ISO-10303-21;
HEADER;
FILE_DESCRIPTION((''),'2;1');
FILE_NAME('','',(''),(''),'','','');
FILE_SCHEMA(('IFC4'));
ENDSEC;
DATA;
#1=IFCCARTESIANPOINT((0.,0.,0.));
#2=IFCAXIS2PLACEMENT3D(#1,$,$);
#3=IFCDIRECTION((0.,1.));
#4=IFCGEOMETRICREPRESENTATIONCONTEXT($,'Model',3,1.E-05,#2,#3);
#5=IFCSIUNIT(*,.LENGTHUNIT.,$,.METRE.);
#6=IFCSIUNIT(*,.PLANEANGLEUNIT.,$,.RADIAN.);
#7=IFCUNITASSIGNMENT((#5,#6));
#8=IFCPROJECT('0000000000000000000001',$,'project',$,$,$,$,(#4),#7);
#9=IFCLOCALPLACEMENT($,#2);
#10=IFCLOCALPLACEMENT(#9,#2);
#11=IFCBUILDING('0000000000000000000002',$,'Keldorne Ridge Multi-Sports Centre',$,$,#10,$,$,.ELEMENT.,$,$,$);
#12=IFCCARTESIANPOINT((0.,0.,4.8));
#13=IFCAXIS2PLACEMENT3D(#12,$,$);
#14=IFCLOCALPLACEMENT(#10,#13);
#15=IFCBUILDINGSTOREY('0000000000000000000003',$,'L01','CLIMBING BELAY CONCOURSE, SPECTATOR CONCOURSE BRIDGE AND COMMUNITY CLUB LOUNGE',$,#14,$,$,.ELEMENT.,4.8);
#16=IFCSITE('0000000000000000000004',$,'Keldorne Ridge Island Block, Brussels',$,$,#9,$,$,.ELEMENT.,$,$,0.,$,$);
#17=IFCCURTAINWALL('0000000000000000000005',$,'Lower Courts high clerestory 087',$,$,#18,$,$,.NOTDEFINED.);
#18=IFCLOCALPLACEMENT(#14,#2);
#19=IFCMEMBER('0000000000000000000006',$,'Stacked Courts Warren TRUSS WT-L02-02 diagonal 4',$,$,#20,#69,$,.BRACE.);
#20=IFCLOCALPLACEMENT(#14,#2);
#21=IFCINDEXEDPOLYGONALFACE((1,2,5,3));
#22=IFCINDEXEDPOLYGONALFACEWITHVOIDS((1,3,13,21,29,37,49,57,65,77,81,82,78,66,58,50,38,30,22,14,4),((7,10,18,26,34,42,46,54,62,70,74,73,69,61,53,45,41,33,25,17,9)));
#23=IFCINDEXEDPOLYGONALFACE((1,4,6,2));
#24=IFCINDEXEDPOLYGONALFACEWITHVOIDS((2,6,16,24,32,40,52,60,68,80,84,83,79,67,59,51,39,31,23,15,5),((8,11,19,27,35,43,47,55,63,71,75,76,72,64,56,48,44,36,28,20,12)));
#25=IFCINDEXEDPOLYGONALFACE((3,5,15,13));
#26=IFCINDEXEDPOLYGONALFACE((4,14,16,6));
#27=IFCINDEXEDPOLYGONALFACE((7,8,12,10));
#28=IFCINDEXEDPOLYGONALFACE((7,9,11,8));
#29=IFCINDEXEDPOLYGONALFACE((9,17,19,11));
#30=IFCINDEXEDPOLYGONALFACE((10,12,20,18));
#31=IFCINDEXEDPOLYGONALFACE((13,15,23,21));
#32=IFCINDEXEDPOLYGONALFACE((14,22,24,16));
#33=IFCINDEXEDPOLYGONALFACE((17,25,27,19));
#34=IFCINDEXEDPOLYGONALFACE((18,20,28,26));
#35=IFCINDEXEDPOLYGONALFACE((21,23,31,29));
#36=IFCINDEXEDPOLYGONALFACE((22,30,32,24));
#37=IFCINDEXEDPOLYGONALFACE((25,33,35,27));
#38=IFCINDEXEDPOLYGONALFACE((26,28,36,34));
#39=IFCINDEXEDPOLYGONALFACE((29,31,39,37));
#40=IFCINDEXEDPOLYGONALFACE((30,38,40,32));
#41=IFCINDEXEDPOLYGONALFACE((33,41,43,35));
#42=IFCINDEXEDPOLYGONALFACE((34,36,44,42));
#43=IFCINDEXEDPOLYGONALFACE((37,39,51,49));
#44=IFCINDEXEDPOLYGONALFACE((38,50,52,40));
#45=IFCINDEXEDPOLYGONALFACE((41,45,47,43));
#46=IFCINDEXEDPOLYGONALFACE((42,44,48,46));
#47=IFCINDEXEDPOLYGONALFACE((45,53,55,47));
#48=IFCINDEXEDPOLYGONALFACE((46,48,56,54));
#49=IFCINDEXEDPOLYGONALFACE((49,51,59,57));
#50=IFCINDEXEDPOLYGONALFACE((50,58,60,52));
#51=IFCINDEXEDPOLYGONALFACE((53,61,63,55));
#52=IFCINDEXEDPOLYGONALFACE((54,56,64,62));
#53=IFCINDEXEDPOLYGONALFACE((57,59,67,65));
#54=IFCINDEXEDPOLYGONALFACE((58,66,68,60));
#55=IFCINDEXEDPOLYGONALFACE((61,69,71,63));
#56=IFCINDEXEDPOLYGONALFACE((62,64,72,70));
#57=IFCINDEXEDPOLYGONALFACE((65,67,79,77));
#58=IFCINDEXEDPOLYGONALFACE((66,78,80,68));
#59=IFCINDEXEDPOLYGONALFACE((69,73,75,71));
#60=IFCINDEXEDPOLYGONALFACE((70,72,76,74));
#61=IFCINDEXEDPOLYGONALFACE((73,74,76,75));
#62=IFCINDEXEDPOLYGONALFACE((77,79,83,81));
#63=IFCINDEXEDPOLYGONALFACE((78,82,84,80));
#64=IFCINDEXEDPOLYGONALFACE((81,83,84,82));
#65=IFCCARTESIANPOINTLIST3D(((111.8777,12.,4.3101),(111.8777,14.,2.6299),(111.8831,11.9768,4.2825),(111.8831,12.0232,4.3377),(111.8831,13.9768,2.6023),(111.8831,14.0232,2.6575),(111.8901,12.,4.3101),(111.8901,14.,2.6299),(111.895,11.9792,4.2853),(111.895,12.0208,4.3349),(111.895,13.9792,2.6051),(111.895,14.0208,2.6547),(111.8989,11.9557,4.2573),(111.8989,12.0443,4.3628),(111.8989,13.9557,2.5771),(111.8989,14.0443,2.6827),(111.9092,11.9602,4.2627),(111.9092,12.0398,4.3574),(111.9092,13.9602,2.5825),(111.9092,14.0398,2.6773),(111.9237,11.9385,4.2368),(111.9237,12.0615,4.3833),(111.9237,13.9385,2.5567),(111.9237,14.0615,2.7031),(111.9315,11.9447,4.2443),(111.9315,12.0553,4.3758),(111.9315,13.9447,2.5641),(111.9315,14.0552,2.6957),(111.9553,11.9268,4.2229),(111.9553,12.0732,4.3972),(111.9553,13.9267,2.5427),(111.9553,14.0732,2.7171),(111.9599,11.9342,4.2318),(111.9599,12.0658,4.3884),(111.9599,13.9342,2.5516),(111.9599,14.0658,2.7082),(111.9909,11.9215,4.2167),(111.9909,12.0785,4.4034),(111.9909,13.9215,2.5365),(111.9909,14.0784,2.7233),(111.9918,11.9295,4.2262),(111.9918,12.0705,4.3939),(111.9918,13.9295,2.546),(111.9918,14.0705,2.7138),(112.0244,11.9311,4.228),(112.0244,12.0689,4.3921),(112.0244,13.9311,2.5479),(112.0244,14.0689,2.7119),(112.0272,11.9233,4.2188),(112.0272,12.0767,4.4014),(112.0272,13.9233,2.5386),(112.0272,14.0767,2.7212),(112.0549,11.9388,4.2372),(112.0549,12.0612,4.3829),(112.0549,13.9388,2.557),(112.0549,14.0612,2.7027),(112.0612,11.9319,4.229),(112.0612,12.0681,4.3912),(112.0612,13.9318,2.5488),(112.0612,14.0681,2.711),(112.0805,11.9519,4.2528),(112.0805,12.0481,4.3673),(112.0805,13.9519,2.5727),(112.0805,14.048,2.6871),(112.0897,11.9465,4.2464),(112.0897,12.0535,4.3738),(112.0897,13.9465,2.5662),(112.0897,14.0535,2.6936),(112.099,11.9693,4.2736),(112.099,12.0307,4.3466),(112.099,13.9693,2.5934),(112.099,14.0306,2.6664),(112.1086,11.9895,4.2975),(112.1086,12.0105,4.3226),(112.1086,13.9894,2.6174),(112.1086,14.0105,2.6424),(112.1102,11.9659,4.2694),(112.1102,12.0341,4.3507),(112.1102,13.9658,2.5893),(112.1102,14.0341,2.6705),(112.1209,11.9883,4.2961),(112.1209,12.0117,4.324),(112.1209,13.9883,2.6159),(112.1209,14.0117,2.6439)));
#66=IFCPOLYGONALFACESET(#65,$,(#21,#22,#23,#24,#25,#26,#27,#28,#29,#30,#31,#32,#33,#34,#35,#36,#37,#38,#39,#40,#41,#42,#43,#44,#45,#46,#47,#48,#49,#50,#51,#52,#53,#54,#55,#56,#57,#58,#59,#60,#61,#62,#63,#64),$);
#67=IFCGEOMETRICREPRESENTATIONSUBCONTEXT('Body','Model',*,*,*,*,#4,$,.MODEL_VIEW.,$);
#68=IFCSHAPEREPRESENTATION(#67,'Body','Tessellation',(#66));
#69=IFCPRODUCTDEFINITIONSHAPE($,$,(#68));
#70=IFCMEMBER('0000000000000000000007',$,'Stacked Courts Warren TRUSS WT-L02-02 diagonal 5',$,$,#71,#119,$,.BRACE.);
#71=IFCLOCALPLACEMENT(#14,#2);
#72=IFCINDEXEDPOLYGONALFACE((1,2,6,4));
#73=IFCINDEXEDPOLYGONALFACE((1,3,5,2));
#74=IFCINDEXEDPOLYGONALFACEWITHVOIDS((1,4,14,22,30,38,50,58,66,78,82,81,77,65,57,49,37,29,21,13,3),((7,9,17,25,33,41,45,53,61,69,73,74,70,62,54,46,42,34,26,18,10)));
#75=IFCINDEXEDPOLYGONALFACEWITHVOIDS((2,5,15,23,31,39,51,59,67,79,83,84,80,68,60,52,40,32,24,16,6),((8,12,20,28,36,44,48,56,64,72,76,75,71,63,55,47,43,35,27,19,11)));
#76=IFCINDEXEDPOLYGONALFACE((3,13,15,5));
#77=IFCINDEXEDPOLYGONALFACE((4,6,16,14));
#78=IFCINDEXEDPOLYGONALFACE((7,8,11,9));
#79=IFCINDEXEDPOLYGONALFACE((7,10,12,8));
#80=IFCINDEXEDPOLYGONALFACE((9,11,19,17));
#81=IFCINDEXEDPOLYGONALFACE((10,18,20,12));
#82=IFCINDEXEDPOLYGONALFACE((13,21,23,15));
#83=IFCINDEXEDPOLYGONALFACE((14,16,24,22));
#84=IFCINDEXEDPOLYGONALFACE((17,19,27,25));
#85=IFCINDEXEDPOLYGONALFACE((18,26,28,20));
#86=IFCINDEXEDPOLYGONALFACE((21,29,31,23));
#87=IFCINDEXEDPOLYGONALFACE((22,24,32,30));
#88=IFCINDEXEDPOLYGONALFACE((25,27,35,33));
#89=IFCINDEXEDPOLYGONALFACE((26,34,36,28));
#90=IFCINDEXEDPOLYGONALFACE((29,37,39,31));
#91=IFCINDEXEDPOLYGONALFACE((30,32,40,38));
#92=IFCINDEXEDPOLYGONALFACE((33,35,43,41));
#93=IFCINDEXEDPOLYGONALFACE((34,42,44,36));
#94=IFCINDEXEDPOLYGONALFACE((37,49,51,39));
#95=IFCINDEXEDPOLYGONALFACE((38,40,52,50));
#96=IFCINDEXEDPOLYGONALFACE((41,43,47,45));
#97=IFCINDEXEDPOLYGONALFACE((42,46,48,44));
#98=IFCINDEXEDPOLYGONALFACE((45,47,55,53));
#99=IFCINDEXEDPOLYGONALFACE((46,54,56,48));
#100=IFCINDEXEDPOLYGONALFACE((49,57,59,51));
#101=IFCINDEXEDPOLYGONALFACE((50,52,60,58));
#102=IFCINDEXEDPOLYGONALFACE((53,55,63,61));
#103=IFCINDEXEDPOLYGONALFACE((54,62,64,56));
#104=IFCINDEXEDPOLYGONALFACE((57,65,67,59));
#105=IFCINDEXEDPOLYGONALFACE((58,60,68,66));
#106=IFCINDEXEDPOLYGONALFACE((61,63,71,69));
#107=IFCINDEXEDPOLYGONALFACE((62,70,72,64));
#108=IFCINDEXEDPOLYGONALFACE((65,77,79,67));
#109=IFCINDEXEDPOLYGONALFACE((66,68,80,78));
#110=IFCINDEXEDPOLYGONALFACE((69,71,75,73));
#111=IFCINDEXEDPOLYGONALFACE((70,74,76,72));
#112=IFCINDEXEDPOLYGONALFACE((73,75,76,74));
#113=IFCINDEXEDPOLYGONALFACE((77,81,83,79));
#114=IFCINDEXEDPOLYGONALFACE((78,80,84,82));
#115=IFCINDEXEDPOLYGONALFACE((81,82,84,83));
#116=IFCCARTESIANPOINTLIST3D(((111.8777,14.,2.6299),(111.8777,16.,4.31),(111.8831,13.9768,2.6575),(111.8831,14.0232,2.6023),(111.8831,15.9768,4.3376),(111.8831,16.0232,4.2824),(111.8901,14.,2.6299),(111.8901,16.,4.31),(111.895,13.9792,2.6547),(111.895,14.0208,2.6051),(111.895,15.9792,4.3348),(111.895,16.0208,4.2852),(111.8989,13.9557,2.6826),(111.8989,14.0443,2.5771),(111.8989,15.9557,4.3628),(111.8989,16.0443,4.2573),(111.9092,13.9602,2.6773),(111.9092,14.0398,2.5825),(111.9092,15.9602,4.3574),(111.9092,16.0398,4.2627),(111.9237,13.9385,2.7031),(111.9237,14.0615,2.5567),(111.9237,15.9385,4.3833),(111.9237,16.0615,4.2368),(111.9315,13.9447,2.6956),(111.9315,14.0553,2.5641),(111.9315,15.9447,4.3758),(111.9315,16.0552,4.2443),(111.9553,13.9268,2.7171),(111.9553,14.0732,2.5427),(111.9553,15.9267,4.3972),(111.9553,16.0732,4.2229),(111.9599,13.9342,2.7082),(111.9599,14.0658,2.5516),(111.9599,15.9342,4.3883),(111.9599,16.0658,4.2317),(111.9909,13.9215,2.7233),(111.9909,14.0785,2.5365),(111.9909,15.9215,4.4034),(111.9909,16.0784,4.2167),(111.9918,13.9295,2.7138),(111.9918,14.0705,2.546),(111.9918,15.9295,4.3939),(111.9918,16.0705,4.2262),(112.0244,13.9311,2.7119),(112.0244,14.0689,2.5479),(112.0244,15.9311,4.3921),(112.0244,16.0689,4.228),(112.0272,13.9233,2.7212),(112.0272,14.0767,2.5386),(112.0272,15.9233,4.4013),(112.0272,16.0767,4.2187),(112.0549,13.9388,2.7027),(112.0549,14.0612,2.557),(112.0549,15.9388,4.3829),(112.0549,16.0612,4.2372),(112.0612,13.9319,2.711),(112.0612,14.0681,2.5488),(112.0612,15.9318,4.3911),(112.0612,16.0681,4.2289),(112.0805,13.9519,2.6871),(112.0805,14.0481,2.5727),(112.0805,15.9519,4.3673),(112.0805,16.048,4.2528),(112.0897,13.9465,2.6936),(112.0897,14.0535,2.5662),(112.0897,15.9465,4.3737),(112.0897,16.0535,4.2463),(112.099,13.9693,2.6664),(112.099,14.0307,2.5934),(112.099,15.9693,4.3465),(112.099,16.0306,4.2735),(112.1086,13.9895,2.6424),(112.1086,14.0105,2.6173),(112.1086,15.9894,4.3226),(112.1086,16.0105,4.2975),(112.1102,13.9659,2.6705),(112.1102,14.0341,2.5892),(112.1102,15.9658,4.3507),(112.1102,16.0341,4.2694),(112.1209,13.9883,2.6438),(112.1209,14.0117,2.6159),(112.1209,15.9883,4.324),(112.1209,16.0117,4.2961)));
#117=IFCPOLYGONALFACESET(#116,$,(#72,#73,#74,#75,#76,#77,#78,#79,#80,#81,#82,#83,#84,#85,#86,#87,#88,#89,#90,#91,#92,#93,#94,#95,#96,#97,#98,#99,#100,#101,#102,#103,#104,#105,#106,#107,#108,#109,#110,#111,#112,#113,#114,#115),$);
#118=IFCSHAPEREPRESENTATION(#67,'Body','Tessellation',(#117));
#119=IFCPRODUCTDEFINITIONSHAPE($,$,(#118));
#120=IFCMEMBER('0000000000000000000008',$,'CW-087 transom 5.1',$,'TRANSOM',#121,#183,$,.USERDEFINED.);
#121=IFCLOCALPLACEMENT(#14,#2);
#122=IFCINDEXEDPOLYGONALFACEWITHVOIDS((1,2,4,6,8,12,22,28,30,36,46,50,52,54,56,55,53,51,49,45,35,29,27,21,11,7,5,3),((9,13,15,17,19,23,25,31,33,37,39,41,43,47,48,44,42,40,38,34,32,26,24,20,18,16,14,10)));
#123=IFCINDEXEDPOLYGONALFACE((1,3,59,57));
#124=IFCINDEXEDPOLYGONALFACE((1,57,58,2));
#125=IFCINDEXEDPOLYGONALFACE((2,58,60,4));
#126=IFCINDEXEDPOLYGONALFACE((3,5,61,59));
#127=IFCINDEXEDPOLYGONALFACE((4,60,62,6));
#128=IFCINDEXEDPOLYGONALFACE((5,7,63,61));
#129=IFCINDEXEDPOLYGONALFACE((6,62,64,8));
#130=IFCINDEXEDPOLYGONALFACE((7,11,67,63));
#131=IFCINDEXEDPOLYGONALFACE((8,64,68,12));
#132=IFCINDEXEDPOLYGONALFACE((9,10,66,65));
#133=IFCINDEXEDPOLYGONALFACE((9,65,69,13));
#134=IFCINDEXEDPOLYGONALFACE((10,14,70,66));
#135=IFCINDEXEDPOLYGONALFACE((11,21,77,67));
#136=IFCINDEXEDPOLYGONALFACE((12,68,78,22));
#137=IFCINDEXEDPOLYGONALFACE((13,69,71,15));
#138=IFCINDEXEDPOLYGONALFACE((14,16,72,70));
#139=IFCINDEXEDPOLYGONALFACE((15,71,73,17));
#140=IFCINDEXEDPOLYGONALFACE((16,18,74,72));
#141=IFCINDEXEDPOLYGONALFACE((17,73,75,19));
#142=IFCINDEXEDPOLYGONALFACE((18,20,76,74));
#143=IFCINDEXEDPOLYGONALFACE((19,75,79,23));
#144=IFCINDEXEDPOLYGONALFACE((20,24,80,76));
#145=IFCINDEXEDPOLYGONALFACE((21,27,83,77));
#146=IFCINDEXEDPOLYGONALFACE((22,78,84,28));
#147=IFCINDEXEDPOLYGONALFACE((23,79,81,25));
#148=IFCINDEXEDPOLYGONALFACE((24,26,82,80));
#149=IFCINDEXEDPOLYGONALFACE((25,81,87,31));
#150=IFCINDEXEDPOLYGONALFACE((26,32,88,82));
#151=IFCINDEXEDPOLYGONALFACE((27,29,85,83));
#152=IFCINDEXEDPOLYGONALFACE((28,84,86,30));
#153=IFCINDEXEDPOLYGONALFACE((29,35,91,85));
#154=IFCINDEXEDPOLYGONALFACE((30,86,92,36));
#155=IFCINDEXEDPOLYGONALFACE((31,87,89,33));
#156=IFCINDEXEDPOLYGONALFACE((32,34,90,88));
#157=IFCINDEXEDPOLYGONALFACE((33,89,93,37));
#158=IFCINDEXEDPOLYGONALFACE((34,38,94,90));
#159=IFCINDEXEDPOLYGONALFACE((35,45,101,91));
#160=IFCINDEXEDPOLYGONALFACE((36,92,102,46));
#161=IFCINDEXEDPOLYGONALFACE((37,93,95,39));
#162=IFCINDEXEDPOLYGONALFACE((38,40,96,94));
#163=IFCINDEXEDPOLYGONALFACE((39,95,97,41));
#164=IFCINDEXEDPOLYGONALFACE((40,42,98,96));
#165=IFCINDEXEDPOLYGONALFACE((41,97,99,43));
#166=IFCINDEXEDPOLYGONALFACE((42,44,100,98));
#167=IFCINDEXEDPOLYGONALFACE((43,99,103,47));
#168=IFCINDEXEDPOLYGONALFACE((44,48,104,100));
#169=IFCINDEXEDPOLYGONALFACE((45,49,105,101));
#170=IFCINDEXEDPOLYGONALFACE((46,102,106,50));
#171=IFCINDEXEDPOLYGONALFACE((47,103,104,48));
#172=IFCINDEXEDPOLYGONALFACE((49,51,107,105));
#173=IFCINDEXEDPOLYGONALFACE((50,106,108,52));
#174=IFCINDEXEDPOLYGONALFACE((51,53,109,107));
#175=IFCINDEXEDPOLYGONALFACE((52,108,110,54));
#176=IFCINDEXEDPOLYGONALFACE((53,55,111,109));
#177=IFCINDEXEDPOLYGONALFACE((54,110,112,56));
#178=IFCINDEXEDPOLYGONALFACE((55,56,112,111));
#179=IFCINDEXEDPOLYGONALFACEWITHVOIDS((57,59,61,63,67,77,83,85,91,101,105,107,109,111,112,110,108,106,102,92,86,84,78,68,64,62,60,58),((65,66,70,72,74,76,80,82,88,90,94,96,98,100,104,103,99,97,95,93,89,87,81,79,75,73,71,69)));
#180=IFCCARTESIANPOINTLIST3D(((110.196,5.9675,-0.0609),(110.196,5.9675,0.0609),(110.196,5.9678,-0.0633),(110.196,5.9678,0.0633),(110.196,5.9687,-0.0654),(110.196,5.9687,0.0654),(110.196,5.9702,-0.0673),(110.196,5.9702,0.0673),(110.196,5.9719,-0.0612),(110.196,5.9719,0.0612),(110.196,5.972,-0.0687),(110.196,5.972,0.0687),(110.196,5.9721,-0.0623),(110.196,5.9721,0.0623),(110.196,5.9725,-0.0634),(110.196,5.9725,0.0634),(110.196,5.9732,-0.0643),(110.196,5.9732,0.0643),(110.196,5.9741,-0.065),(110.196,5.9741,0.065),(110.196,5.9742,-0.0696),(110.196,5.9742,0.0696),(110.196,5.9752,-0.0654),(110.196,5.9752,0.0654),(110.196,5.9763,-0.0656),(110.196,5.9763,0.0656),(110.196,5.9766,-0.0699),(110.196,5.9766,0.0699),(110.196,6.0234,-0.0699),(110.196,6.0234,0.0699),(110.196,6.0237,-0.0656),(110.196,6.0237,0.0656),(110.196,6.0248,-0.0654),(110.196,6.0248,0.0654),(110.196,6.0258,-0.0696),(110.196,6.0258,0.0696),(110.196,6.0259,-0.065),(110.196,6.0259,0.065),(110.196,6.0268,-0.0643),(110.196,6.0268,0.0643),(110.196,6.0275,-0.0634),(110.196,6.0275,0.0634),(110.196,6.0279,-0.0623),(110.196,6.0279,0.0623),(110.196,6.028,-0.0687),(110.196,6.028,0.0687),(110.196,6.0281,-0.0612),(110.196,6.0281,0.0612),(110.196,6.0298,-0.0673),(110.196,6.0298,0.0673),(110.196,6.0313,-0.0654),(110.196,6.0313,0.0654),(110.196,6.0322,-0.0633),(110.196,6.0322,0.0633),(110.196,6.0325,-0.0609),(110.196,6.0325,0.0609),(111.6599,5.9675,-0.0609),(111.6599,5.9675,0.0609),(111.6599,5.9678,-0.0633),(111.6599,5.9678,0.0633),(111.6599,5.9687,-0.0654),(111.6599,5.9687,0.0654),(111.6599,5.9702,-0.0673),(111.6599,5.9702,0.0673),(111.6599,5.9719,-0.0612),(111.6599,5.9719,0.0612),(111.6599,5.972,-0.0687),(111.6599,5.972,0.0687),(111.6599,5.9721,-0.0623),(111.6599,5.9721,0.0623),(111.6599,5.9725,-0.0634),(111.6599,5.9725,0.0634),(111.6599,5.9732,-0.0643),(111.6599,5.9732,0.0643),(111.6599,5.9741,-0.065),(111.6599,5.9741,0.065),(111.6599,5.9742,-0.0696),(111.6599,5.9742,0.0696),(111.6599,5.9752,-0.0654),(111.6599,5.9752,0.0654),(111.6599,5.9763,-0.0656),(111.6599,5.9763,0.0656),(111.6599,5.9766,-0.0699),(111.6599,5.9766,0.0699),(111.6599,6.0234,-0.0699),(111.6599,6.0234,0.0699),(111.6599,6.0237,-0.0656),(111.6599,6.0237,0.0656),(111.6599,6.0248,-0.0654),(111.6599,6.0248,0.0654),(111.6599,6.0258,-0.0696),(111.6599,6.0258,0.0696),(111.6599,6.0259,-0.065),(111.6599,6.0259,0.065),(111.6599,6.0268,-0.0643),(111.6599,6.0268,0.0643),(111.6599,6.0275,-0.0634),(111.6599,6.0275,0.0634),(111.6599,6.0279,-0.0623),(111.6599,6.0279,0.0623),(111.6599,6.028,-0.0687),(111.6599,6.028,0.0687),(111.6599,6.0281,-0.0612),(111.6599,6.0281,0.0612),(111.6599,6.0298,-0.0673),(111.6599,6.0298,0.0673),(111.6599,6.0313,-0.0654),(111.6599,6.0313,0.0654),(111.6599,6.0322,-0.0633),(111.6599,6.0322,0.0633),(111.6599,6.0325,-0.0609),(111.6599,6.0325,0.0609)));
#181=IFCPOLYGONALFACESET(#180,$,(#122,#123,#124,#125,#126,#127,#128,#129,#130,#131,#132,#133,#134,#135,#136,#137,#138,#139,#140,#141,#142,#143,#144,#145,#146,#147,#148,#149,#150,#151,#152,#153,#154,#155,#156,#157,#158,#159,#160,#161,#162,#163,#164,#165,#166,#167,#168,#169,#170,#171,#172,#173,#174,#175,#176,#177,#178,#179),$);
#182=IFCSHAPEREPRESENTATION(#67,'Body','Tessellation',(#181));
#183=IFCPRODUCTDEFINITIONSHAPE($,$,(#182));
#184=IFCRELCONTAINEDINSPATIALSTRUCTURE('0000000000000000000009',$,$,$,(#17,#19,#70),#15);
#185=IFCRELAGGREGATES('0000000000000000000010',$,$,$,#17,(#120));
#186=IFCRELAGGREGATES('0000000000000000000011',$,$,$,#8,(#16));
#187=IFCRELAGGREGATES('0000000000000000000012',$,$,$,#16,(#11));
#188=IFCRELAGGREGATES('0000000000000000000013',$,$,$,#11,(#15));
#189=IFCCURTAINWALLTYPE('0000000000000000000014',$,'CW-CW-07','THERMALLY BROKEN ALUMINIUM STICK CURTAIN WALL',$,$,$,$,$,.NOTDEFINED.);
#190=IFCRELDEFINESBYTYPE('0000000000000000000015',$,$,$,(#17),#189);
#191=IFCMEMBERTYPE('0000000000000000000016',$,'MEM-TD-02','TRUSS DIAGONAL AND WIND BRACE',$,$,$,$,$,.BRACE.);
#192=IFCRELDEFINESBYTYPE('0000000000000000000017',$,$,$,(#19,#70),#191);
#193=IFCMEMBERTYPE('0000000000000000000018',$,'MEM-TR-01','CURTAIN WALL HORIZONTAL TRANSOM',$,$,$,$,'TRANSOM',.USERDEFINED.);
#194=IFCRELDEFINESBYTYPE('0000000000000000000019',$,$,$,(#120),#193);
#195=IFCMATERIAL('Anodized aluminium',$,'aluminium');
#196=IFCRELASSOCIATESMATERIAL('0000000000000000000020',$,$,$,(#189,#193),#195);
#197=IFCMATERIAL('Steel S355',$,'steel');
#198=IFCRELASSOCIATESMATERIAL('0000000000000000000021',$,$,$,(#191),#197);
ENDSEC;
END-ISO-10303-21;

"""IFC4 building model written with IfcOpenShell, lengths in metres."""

from ifc_helpers import new_model, si_unit, direction, frame, origin, origin_2d, place, context, subcontext, project, spatial, hollow_rectangle, hollow_circle, extrude, material, material_profile, profile_set, type_object, element, aggregate, save


model = new_model("IFC4")

# Units and contexts
model_context = context("Model", 3, precision=1e-05, world=origin(), true_north=direction((0.0, 1.0)))
body_context = subcontext(model_context, "Body", "Model", "MODEL_VIEW")
ifc_project = project(units=[si_unit("LENGTHUNIT", "METRE"), si_unit("PLANEANGLEUNIT", "RADIAN")], contexts=[model_context])

# Site, building, storey
site_placement = place(None, origin())
site = spatial("IfcSite", under=ifc_project, at=site_placement, Name="Keldorne Ridge Island Block, Brussels", CompositionType="ELEMENT", RefElevation=0.0)
building_placement = place(site_placement, origin())
building = spatial("IfcBuilding", under=site, at=building_placement, Name="Keldorne Ridge Multi-Sports Centre", CompositionType="ELEMENT")
storey_placement = place(building_placement, frame((0.0, 0.0, 4.8)))
storey = spatial("IfcBuildingStorey", under=building, at=storey_placement, Name="L01", Description="CLIMBING BELAY CONCOURSE, SPECTATOR CONCOURSE BRIDGE AND COMMUNITY CLUB LOUNGE", CompositionType="ELEMENT", Elevation=4.8)

# Shared definitions
ifc_material_1 = material(Name="Steel S355", Category="steel")

# Curtain wall
ifc_material_2 = material(Name="Anodized aluminium", Category="aluminium")
curtain_wall_type = type_object("IfcCurtainWallType", Name="CW-CW-07", Description="THERMALLY BROKEN ALUMINIUM STICK CURTAIN WALL", PredefinedType="NOTDEFINED", material=ifc_material_2)
curtain_wall_placement = place(storey_placement, origin())
curtain_wall = element("IfcCurtainWall", 1, at=curtain_wall_placement, inside=storey, type_object=curtain_wall_type, Name="Lower Courts high clerestory 087", PredefinedType="NOTDEFINED")

# Members
ifc_material_profile_1 = material_profile(ifc_material_1, hollow_circle(Radius=0.1223, WallThickness=0.0125, at=origin_2d()), Name="CHS 244.5x12.5")
ifc_profile_set_1 = profile_set([ifc_material_profile_1], Name="Steel S355")
member_type_1 = type_object("IfcMemberType", Name="MEM-TD-02", Description="TRUSS DIAGONAL AND WIND BRACE", PredefinedType="BRACE", material=ifc_profile_set_1)
for number, where, z_axis, x_axis, name in (
    (2, (112.0, 12.0, 4.3101), (0.0, 0.765672, -0.643232), (-1.0, 0.0, 0.0), "Stacked Courts Warren TRUSS WT-L02-02 diagonal 4"),
    (3, (112.0, 14.0, 2.6299), (0.0, 0.765672, 0.643232), (-1.0, 0.0, 0.0), "Stacked Courts Warren TRUSS WT-L02-02 diagonal 5"),
):
    element("IfcMember", number, at=place(storey_placement, frame(where, z_axis=z_axis, x_axis=x_axis)), inside=storey, type_object=member_type_1, Name=name, PredefinedType="BRACE", context=body_context, shape_type="SweptSolid", body=[
        extrude(hollow_circle(Radius=0.1223, WallThickness=0.0125, at=origin_2d()), origin(), (0.0, 0.0, 1.0), 2.6121),
    ])

# Member
ifc_material_profile_2 = material_profile(ifc_material_2, hollow_rectangle(XDim=0.0649, YDim=0.1399, WallThickness=0.0044, InnerFilletRadius=0.0044, OuterFilletRadius=0.009, at=origin_2d()), Name="ALU TRANSOM 140x65x4.5")
ifc_profile_set_2 = profile_set([ifc_material_profile_2], Name="Anodized aluminium")
member_type_2 = type_object("IfcMemberType", Name="MEM-TR-01", Description="CURTAIN WALL HORIZONTAL TRANSOM", ElementType="TRANSOM", PredefinedType="USERDEFINED", material=ifc_profile_set_2)
member_1_placement = place(storey_placement, frame((110.196, 6.0, 0.0), z_axis=(1.0, 0.0, 0.0), x_axis=(0.0, 1.0, 0.0)))
member_1 = element("IfcMember", 4, at=member_1_placement, type_object=member_type_2, Name="CW-087 transom 5.1", ObjectType="TRANSOM", PredefinedType="USERDEFINED", context=body_context, shape_type="SweptSolid", body=[
    extrude(hollow_rectangle(XDim=0.0649, YDim=0.1399, WallThickness=0.0044, InnerFilletRadius=0.0044, OuterFilletRadius=0.009, at=origin_2d()), origin(), (0.0, 0.0, 1.0), 1.4639),
])

aggregate(curtain_wall, [member_1])

save(model, "model.ifc")
